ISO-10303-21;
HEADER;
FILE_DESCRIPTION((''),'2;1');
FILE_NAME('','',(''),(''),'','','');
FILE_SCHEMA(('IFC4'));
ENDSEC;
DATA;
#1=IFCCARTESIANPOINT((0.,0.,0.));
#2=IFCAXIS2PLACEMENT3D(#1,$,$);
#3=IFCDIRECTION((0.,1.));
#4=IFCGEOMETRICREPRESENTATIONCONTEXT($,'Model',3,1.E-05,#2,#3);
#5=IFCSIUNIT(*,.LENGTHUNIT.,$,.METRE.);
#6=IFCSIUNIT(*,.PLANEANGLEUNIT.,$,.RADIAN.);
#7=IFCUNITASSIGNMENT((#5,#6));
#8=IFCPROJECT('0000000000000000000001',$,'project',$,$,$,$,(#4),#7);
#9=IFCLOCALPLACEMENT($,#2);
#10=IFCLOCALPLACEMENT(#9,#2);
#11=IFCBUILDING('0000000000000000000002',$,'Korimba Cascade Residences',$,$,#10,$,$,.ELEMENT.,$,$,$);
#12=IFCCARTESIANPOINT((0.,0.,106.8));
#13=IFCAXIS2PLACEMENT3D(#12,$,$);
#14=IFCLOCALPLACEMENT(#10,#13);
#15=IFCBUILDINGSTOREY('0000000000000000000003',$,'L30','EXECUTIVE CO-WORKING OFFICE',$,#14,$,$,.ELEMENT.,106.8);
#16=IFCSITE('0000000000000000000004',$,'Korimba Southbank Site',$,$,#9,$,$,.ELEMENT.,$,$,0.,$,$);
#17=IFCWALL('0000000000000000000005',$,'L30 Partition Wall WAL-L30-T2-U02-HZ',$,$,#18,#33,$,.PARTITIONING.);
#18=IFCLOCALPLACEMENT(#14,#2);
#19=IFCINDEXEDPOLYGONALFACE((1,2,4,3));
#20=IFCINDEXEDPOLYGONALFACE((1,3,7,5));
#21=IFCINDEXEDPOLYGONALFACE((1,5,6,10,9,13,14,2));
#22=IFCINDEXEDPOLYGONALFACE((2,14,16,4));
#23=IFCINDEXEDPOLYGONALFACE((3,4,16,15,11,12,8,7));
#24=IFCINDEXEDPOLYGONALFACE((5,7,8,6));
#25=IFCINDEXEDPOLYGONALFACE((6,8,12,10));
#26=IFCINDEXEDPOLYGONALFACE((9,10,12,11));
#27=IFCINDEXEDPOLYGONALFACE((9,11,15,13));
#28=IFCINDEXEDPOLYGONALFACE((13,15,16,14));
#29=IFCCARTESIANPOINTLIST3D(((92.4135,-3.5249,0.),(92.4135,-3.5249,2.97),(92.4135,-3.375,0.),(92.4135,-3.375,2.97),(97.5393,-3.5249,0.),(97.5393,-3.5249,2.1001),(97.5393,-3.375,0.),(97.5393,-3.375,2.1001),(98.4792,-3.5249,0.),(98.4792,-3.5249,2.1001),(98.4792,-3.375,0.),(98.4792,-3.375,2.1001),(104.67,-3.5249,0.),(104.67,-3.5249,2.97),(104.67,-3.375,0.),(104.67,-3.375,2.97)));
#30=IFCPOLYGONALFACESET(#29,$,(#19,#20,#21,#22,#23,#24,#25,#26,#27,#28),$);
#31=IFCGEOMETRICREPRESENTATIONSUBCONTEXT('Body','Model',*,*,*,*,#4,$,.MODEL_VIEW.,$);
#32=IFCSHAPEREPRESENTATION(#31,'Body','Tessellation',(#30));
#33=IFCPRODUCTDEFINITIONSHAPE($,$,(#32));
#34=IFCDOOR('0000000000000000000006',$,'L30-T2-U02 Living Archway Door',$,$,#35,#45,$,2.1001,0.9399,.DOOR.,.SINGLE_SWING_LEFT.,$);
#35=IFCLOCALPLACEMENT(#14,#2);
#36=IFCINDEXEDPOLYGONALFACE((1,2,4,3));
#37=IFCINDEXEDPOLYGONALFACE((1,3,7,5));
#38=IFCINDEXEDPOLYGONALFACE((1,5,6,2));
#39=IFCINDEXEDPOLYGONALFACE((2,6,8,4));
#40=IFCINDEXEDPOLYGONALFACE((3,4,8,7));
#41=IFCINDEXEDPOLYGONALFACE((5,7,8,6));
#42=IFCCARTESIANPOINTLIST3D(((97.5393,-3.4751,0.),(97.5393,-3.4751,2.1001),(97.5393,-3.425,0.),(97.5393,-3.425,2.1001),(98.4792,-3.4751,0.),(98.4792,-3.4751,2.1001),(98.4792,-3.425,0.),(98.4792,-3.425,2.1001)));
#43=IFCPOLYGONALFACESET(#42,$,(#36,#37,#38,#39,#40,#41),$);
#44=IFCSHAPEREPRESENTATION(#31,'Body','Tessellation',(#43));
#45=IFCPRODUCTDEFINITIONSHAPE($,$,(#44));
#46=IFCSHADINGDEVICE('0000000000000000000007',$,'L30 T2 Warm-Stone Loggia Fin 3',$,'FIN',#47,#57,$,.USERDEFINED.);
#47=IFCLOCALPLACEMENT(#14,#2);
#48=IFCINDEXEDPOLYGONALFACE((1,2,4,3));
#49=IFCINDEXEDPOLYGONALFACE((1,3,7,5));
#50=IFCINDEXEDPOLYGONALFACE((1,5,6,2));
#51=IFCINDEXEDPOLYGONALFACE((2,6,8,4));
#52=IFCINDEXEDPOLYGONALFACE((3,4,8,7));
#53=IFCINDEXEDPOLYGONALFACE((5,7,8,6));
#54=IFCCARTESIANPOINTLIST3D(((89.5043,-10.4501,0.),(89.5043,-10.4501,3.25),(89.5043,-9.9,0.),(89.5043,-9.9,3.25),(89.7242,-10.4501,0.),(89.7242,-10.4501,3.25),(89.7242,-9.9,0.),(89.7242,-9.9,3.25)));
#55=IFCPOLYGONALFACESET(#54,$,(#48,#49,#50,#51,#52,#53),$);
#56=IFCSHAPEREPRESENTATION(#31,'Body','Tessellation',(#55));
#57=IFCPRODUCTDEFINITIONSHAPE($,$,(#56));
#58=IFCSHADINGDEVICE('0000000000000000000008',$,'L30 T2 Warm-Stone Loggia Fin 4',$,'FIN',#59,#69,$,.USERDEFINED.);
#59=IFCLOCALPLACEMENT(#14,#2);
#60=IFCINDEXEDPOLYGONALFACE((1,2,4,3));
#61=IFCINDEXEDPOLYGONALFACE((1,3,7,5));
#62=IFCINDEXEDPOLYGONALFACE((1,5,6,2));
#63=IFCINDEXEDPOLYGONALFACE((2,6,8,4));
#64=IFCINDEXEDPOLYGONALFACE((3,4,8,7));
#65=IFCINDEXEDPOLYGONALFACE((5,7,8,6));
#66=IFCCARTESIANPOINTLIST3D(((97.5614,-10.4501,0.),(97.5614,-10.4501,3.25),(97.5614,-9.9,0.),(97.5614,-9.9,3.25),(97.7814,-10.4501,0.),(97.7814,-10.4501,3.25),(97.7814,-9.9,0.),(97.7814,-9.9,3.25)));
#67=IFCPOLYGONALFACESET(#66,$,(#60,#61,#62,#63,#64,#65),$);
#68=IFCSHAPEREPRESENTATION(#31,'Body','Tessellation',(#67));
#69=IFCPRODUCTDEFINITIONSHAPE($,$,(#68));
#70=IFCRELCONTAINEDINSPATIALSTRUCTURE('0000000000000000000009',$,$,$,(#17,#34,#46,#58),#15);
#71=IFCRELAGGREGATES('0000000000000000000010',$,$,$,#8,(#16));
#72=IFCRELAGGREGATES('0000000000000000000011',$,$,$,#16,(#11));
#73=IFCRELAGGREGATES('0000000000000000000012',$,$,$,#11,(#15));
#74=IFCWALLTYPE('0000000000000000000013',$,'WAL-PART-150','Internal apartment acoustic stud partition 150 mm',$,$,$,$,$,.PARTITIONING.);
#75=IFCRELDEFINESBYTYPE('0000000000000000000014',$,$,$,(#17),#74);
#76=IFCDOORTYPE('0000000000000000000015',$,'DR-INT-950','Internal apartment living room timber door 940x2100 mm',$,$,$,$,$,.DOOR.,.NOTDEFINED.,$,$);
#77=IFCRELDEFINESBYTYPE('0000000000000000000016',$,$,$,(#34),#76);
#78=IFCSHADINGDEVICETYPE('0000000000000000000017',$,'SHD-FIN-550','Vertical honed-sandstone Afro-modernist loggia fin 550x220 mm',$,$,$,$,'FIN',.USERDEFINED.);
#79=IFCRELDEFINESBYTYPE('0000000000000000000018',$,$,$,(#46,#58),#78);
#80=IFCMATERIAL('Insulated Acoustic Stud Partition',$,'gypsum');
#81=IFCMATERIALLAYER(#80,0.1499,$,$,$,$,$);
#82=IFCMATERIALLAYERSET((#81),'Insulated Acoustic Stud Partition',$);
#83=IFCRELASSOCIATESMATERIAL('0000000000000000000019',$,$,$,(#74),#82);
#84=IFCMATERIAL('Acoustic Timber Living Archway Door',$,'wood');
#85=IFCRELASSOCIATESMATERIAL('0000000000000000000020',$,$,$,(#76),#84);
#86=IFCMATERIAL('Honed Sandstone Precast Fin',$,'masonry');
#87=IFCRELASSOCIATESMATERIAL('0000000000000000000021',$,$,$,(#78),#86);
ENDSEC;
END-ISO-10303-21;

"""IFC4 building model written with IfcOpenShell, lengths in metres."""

from ifc_helpers import new_model, si_unit, direction, frame, frame_2d, origin, origin_2d, place, context, subcontext, project, spatial, rectangle, extrude, material, layer, layer_set, type_object, element, fill, save


model = new_model("IFC4")

# Units and contexts
model_context = context("Model", 3, precision=1e-05, world=origin(), true_north=direction((0.0, 1.0)))
body_context = subcontext(model_context, "Body", "Model", "MODEL_VIEW")
ifc_project = project(units=[si_unit("LENGTHUNIT", "METRE"), si_unit("PLANEANGLEUNIT", "RADIAN")], contexts=[model_context])

# Site, building, storey
site_placement = place(None, origin())
site = spatial("IfcSite", under=ifc_project, at=site_placement, Name="Korimba Southbank Site", CompositionType="ELEMENT", RefElevation=0.0)
building_placement = place(site_placement, origin())
building = spatial("IfcBuilding", under=site, at=building_placement, Name="Korimba Cascade Residences", CompositionType="ELEMENT")
storey_placement = place(building_placement, frame((0.0, 0.0, 106.8)))
storey = spatial("IfcBuildingStorey", under=building, at=storey_placement, Name="L30", Description="EXECUTIVE CO-WORKING OFFICE", CompositionType="ELEMENT", Elevation=106.8)

# Shared definitions
ifc_material_1 = material(Name="Insulated Acoustic Stud Partition", Category="gypsum")
ifc_layer_1 = layer(ifc_material_1, 0.1499)
ifc_layer_set_1 = layer_set([ifc_layer_1], Name="Insulated Acoustic Stud Partition")
wall_type_1 = type_object("IfcWallType", Name="WAL-PART-150", Description="Internal apartment acoustic stud partition 150 mm", PredefinedType="PARTITIONING", material=ifc_layer_set_1)

# Wall, opening, door
wall_1_placement = place(storey_placement, frame((92.4133, -3.45, 0.0), z_axis=(0.0, 0.0, 1.0), x_axis=(1.0, 0.0, 0.0)))
wall_1 = element("IfcWall", 1, at=wall_1_placement, inside=storey, type_object=wall_type_1, Name="L30 Partition Wall WAL-L30-T2-U02-HZ", PredefinedType="PARTITIONING", context=body_context, shape_type="SweptSolid", body=[
    extrude(rectangle(XDim=12.2566, YDim=0.1499, at=frame_2d((6.1284, 0.0))), origin(), (0.0, 0.0, 1.0), 2.97),
])
opening_1_placement = place(wall_1_placement, frame((5.126, 0.0, 0.0)))
opening_1 = element("IfcOpeningElement", 2, at=opening_1_placement, cuts=wall_1, PredefinedType="OPENING", context=body_context, shape_type="SweptSolid", body=[
    extrude(rectangle(XDim=0.9399, YDim=2.1001, at=frame_2d((0.47, 1.05))), frame((0.0, 0.085, 0.0), z_axis=(0.0, -1.0, 0.0), x_axis=(1.0, 0.0, 0.0)), (0.0, 0.0, 1.0), 0.1699),
])
ifc_material_2 = material(Name="Acoustic Timber Living Archway Door", Category="wood")
door_type_1 = type_object("IfcDoorType", Name="DR-INT-950", Description="Internal apartment living room timber door 940x2100 mm", OperationType="NOTDEFINED", PredefinedType="DOOR", material=ifc_material_2)
door_1_placement = place(opening_1_placement, origin())
door_1 = element("IfcDoor", 3, at=door_1_placement, inside=storey, type_object=door_type_1, Name="L30-T2-U02 Living Archway Door", OperationType="SINGLE_SWING_LEFT", OverallHeight=2.1001, OverallWidth=0.9399, PredefinedType="DOOR", context=body_context, shape_type="SweptSolid", body=[
    extrude(rectangle(XDim=0.9399, YDim=2.1001, at=frame_2d((0.47, 1.05))), frame((0.0, 0.0249, 0.0), z_axis=(0.0, -1.0, 0.0), x_axis=(1.0, 0.0, 0.0)), (0.0, 0.0, 1.0), 0.05),
])
fill(opening_1, door_1)

# Shading devices
ifc_material_3 = material(Name="Honed Sandstone Precast Fin", Category="masonry")
shading_device_type = type_object("IfcShadingDeviceType", Name="SHD-FIN-550", Description="Vertical honed-sandstone Afro-modernist loggia fin 550x220 mm", ElementType="FIN", PredefinedType="USERDEFINED", material=ifc_material_3)
for number, where, z_axis, x_axis, name in (
    (4, (89.6143, -10.175, 0.0), (0.0, 0.0, 1.0), (1.0, 0.0, 0.0), "L30 T2 Warm-Stone Loggia Fin 3"),
    (5, (97.6714, -10.175, 0.0), (0.0, 0.0, 1.0), (1.0, 0.0, 0.0), "L30 T2 Warm-Stone Loggia Fin 4"),
):
    element("IfcShadingDevice", number, at=place(storey_placement, frame(where, z_axis=z_axis, x_axis=x_axis)), inside=storey, type_object=shading_device_type, Name=name, ObjectType="FIN", PredefinedType="USERDEFINED", context=body_context, shape_type="SweptSolid", body=[
        extrude(rectangle(XDim=0.22, YDim=0.55, at=origin_2d()), origin(), (0.0, 0.0, 1.0), 3.25),
    ])

save(model, "model.ifc")
